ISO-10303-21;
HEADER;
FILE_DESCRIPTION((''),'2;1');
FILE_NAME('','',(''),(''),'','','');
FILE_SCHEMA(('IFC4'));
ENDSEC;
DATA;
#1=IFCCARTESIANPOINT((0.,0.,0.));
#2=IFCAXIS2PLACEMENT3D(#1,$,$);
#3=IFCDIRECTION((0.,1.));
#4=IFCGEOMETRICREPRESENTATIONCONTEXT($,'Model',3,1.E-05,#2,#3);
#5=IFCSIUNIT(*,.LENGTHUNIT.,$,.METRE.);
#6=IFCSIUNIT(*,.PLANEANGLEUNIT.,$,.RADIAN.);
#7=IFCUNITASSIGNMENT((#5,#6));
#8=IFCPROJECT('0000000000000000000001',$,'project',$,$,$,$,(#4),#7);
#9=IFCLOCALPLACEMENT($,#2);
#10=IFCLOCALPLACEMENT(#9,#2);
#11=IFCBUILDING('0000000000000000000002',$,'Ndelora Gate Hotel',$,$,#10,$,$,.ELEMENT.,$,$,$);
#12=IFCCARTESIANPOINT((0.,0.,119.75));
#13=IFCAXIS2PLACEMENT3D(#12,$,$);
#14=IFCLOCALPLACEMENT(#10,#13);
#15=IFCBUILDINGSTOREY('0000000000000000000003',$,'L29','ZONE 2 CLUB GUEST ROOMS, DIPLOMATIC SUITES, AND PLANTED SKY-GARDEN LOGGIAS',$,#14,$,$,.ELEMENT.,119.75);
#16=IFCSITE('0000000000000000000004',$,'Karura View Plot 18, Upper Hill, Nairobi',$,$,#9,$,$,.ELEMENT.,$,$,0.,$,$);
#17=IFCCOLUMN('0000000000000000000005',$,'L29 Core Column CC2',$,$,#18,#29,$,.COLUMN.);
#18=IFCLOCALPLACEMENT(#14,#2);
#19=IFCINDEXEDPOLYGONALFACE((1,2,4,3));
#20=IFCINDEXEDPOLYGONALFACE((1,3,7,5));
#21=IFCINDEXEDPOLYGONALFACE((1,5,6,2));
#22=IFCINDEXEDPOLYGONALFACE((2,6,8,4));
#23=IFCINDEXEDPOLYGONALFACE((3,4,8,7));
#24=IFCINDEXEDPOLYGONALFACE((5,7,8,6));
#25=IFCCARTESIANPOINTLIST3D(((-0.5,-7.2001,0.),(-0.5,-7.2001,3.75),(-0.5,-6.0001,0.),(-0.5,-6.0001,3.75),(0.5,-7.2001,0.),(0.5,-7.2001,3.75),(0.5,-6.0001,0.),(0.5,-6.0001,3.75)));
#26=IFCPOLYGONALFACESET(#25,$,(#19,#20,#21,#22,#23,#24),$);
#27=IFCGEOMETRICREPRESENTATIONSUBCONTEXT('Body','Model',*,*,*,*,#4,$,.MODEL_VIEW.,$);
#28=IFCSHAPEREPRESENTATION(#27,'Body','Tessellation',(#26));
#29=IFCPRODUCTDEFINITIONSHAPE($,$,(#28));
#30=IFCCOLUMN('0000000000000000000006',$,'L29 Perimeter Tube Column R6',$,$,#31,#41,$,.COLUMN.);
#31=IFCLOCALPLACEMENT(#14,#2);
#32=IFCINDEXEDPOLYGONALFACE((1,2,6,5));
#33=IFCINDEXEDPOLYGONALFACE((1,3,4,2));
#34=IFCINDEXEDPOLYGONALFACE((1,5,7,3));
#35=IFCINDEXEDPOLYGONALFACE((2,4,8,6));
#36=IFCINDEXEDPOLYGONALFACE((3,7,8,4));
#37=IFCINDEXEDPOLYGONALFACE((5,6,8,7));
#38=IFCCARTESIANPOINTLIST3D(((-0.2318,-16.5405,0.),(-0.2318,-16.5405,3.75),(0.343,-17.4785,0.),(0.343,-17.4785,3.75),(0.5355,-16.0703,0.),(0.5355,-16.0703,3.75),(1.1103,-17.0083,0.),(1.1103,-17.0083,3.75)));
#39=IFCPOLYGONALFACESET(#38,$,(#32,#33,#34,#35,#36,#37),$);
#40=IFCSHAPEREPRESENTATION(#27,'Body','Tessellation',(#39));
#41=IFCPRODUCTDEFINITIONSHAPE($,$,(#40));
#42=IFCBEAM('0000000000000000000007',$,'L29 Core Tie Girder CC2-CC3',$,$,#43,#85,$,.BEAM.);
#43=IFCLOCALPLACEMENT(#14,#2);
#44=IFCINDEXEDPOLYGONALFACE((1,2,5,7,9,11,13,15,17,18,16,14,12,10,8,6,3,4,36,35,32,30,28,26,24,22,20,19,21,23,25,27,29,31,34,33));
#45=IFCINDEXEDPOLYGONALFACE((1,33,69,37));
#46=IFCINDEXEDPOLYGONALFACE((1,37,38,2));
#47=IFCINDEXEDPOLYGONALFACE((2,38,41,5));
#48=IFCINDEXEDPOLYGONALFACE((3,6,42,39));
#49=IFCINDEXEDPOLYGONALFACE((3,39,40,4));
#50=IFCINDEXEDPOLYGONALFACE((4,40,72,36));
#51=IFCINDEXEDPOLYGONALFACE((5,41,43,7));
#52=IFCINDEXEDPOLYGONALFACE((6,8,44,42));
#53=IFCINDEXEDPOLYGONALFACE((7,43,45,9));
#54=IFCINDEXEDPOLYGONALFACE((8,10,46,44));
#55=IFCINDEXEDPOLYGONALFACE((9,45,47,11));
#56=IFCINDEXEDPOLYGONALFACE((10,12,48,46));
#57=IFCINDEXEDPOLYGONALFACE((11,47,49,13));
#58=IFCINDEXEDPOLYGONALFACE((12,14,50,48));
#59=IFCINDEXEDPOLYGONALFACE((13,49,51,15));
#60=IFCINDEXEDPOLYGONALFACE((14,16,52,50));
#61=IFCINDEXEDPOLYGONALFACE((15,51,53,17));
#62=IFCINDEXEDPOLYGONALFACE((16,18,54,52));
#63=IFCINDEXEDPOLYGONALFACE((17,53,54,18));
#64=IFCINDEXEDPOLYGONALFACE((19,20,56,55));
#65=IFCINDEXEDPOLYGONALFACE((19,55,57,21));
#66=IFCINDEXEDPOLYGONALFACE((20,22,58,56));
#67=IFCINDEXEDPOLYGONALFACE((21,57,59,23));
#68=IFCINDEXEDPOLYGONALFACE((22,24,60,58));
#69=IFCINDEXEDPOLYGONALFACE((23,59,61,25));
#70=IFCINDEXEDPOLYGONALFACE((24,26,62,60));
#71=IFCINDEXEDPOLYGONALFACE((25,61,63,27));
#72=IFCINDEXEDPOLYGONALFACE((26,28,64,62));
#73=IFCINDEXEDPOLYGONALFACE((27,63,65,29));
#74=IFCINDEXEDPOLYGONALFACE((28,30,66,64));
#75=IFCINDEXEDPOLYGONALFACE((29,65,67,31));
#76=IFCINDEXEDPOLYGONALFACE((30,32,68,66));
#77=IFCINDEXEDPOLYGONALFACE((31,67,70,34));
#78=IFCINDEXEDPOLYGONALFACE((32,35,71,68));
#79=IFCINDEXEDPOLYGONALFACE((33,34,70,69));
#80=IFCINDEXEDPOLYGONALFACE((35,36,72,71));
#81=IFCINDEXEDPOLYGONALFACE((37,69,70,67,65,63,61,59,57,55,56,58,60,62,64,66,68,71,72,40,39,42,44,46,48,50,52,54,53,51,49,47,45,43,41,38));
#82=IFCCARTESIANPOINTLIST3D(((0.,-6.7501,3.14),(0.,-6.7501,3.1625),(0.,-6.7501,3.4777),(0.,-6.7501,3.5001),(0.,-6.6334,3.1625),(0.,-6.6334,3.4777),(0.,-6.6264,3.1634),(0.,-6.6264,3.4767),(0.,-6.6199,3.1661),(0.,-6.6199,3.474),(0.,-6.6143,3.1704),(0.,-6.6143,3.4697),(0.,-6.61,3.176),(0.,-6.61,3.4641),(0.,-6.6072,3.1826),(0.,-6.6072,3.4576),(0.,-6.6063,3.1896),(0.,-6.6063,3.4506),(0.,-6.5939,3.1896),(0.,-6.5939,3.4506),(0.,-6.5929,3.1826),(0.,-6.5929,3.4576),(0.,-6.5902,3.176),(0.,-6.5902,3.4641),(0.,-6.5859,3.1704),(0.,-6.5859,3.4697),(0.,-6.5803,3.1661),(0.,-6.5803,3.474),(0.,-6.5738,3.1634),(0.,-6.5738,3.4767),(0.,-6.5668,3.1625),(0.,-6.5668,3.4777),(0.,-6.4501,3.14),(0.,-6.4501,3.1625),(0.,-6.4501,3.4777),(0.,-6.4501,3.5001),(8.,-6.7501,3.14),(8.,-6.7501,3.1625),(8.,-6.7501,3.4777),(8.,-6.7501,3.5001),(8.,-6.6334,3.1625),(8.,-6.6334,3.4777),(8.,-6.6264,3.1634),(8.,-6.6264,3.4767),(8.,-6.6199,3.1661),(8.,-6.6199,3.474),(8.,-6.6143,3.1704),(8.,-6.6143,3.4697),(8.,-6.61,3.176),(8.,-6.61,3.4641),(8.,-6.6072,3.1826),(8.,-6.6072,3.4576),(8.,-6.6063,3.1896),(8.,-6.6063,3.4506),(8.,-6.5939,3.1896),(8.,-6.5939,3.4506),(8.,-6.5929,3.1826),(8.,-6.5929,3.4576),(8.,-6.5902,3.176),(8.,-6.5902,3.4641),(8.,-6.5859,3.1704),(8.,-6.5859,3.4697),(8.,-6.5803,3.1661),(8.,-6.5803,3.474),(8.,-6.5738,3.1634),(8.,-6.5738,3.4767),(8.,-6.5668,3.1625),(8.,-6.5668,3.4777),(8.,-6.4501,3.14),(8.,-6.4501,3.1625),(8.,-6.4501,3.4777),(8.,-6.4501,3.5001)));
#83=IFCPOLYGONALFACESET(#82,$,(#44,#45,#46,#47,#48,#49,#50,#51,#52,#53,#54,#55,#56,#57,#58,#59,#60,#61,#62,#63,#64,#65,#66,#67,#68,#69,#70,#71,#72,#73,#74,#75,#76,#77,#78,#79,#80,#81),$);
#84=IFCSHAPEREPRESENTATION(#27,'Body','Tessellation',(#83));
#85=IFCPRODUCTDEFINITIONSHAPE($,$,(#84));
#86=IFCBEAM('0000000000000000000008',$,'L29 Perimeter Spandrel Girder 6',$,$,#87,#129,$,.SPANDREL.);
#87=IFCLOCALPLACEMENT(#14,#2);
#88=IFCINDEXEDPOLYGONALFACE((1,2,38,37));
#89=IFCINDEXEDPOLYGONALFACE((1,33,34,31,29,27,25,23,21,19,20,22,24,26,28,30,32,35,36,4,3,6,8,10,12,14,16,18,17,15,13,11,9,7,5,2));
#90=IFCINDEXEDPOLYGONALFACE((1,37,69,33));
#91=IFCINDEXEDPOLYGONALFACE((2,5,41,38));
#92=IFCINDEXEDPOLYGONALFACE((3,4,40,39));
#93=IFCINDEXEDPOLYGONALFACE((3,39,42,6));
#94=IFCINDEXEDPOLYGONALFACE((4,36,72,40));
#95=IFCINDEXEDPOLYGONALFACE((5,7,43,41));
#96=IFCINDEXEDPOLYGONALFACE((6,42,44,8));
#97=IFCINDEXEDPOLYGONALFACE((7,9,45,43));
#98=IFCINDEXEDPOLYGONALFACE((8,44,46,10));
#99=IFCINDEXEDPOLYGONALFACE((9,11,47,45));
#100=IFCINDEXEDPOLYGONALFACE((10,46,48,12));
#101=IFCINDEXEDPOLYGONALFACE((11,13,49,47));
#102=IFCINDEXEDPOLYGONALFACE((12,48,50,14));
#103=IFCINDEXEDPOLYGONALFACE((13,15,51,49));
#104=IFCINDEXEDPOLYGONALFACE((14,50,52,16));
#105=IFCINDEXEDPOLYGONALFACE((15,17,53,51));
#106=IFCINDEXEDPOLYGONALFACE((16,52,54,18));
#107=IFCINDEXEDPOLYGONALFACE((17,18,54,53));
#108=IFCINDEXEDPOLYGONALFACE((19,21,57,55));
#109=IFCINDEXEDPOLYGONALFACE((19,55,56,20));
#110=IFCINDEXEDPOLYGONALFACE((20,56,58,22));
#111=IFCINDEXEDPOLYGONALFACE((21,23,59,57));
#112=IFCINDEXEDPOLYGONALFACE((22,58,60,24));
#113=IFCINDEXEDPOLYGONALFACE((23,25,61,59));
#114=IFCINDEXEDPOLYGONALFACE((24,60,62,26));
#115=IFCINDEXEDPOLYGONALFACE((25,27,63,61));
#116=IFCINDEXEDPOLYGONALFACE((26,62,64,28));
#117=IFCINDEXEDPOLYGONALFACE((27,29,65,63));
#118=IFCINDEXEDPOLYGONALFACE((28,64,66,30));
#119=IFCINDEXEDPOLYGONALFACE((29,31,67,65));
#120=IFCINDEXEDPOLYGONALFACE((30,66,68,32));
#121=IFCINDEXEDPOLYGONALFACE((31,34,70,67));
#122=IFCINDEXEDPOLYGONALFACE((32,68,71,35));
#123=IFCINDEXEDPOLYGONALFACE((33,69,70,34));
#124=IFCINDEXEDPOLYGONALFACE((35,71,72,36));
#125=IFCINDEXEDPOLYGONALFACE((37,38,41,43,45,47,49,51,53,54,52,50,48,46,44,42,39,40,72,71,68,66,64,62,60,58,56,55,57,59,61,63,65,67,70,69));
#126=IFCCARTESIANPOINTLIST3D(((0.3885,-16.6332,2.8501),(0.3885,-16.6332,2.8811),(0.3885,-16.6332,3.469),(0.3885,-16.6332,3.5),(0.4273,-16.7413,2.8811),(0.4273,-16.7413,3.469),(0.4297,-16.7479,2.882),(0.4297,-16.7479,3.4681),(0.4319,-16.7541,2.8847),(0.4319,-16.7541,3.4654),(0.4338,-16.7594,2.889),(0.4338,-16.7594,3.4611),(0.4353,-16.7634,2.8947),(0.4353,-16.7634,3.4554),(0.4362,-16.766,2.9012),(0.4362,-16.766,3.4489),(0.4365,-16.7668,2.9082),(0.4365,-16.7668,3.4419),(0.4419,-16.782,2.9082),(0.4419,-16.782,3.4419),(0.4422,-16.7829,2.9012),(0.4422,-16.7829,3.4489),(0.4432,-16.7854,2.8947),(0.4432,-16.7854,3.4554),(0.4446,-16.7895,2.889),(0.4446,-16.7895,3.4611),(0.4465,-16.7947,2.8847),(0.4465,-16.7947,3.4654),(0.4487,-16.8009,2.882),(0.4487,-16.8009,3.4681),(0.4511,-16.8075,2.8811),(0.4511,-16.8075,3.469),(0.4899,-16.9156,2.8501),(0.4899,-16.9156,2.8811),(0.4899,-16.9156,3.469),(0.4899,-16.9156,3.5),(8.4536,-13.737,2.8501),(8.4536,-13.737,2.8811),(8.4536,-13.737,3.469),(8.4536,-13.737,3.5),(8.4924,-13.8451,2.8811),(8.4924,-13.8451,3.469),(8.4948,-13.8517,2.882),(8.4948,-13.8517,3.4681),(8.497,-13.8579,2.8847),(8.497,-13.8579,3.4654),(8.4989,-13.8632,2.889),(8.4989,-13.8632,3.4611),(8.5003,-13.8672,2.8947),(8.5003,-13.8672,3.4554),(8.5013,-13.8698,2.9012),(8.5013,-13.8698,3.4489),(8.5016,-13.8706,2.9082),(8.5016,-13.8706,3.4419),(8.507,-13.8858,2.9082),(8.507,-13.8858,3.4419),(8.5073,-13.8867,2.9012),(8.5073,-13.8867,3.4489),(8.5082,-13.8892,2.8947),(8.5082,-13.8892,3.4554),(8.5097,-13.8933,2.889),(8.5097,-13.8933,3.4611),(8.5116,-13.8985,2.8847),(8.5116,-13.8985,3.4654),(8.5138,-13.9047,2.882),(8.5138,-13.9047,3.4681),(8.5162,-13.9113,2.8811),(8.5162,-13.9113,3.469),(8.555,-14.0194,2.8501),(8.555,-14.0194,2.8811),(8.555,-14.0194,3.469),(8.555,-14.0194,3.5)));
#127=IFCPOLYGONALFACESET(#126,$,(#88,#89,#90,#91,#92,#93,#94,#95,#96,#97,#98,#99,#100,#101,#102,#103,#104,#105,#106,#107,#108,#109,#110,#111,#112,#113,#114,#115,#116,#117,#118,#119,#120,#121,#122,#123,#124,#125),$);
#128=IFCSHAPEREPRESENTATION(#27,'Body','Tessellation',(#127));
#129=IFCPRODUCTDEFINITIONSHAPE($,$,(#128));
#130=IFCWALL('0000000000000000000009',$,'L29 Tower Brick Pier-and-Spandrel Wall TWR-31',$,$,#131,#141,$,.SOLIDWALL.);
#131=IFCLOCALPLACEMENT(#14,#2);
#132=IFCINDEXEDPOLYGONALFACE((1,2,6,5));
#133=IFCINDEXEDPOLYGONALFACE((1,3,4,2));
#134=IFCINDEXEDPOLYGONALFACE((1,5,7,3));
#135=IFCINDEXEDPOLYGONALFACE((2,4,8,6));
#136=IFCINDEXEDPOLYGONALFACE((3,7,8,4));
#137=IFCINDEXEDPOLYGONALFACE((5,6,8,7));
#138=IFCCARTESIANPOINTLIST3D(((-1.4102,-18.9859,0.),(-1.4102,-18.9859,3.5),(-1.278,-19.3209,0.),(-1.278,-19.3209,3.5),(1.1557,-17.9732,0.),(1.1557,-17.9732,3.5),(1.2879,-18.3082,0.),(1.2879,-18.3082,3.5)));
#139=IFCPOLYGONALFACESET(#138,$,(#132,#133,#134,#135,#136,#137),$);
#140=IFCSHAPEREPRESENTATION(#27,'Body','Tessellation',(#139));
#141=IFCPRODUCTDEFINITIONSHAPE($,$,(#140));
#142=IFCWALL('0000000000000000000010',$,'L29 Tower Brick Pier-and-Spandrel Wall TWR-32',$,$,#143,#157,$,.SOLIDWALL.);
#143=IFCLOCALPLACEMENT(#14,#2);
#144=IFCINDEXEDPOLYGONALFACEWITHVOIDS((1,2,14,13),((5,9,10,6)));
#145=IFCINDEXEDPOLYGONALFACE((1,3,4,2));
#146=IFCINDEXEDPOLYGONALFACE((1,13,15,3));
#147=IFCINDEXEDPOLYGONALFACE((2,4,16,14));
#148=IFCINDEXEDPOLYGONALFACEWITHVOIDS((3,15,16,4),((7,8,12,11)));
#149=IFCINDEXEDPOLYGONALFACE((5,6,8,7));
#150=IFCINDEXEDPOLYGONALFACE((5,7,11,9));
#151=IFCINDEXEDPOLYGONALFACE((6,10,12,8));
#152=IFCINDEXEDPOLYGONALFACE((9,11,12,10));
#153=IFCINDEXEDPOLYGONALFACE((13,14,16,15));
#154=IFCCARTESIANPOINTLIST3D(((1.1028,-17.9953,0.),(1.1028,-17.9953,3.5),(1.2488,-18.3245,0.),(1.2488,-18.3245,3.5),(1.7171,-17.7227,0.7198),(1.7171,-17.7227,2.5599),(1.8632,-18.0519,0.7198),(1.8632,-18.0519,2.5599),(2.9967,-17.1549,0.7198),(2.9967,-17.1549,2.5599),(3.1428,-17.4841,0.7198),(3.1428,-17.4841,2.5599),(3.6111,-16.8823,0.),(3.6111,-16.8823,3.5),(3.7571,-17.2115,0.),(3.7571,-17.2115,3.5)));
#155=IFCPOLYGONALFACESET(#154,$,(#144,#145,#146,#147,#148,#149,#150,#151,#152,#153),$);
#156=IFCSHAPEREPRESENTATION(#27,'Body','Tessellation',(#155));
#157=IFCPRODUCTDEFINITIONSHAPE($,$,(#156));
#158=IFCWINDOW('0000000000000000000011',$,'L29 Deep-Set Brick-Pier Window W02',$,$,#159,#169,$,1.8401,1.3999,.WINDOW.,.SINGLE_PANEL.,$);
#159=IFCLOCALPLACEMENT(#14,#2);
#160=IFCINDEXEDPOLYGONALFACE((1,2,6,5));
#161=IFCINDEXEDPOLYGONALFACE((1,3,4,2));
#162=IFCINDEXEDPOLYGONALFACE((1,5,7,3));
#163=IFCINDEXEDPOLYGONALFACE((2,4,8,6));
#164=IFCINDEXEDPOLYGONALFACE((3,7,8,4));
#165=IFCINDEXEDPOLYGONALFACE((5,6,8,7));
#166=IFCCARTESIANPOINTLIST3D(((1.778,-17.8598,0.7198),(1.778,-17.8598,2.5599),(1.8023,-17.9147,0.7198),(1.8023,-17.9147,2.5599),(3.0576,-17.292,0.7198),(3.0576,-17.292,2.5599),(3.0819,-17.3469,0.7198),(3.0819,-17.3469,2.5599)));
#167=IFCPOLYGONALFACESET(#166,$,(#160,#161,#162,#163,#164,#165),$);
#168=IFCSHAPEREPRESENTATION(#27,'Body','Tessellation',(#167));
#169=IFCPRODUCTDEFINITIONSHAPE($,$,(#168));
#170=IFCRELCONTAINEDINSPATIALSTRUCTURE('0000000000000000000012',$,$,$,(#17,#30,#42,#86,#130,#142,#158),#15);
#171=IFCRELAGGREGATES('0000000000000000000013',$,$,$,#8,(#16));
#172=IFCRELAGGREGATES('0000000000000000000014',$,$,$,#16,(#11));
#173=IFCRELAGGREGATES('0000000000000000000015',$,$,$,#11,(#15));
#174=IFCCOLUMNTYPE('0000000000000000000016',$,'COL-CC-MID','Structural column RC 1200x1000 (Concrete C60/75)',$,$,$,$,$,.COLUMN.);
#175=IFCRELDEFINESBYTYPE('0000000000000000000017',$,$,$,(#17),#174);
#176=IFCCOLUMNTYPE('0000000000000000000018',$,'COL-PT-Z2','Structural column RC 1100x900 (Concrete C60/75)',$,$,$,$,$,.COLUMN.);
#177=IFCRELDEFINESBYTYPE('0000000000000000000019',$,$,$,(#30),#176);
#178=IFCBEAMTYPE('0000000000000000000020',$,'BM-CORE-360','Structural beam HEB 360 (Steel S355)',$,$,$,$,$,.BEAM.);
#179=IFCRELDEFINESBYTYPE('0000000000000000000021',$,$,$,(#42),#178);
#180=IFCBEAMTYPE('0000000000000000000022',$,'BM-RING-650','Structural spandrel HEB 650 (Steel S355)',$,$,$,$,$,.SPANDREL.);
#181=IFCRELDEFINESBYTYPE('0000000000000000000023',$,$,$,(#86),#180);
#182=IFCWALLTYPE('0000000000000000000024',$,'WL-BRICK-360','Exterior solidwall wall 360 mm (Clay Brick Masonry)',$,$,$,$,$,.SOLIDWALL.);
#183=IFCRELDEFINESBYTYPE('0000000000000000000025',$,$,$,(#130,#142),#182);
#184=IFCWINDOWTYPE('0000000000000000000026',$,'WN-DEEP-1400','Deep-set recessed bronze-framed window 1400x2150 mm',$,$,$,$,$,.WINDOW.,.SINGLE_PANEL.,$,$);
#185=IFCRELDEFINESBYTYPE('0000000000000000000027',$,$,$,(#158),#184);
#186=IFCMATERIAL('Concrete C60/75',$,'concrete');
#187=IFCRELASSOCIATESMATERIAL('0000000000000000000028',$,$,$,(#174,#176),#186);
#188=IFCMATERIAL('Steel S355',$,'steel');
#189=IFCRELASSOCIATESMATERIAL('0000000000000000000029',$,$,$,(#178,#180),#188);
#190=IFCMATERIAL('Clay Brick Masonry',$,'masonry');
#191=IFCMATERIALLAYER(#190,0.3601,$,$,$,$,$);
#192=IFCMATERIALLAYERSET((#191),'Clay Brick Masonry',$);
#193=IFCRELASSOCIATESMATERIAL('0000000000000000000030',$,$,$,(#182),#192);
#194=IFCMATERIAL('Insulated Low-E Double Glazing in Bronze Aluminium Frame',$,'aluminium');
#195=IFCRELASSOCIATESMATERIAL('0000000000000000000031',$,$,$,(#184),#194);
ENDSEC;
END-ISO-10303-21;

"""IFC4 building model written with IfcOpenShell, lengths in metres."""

from ifc_helpers import new_model, si_unit, direction, frame, frame_2d, origin, origin_2d, place, context, subcontext, project, spatial, rectangle, i_section, extrude, material, layer, layer_set, material_profile, profile_set, type_object, element, fill, save


model = new_model("IFC4")

# Units and contexts
model_context = context("Model", 3, precision=1e-05, world=origin(), true_north=direction((0.0, 1.0)))
body_context = subcontext(model_context, "Body", "Model", "MODEL_VIEW")
ifc_project = project(units=[si_unit("LENGTHUNIT", "METRE"), si_unit("PLANEANGLEUNIT", "RADIAN")], contexts=[model_context])

# Site, building, storey
site_placement = place(None, origin())
site = spatial("IfcSite", under=ifc_project, at=site_placement, Name="Karura View Plot 18, Upper Hill, Nairobi", CompositionType="ELEMENT", RefElevation=0.0)
building_placement = place(site_placement, origin())
building = spatial("IfcBuilding", under=site, at=building_placement, Name="Ndelora Gate Hotel", CompositionType="ELEMENT")
storey_placement = place(building_placement, frame((0.0, 0.0, 119.75)))
storey = spatial("IfcBuildingStorey", under=building, at=storey_placement, Name="L29", Description="ZONE 2 CLUB GUEST ROOMS, DIPLOMATIC SUITES, AND PLANTED SKY-GARDEN LOGGIAS", CompositionType="ELEMENT", Elevation=119.75)

# Columns
ifc_material_1 = material(Name="Concrete C60/75", Category="concrete")
ifc_material_profile_1 = material_profile(ifc_material_1, rectangle(XDim=1.0, YDim=1.2, at=origin_2d()), Name="RC 1200x1000")
ifc_profile_set_1 = profile_set([ifc_material_profile_1], Name="Concrete C60/75")
column_type_1 = type_object("IfcColumnType", Name="COL-CC-MID", Description="Structural column RC 1200x1000 (Concrete C60/75)", PredefinedType="COLUMN", material=ifc_profile_set_1)
column_1_placement = place(storey_placement, frame((0.0, -6.6001, 0.0), z_axis=(0.0, 0.0, 1.0), x_axis=(1.0, 0.0, 0.0)))
element("IfcColumn", 1, at=column_1_placement, inside=storey, type_object=column_type_1, Name="L29 Core Column CC2", PredefinedType="COLUMN", context=body_context, shape_type="SweptSolid", body=[
    extrude(rectangle(XDim=1.0, YDim=1.2, at=origin_2d()), origin(), (0.0, 0.0, 1.0), 3.75),
])
ifc_material_profile_2 = material_profile(ifc_material_1, rectangle(XDim=0.8999, YDim=1.1001, at=origin_2d()), Name="RC 1100x900")
ifc_profile_set_2 = profile_set([ifc_material_profile_2], Name="Concrete C60/75")
column_type_2 = type_object("IfcColumnType", Name="COL-PT-Z2", Description="Structural column RC 1100x900 (Concrete C60/75)", PredefinedType="COLUMN", material=ifc_profile_set_2)
column_2_placement = place(storey_placement, frame((0.4392, -16.7744, 0.0), z_axis=(0.0, 0.0, 1.0), x_axis=(0.85264, 0.522499, 0.0)))
element("IfcColumn", 2, at=column_2_placement, inside=storey, type_object=column_type_2, Name="L29 Perimeter Tube Column R6", PredefinedType="COLUMN", context=body_context, shape_type="SweptSolid", body=[
    extrude(rectangle(XDim=0.8999, YDim=1.1001, at=origin_2d()), origin(), (0.0, 0.0, 1.0), 3.75),
])

# Beams
ifc_material_2 = material(Name="Steel S355", Category="steel")
ifc_material_profile_3 = material_profile(ifc_material_2, i_section(OverallWidth=0.3, OverallDepth=0.3601, WebThickness=0.0125, FlangeThickness=0.0225, FilletRadius=0.0271, at=origin_2d()), Name="HEB 360")
ifc_profile_set_3 = profile_set([ifc_material_profile_3], Name="Steel S355")
beam_type_1 = type_object("IfcBeamType", Name="BM-CORE-360", Description="Structural beam HEB 360 (Steel S355)", PredefinedType="BEAM", material=ifc_profile_set_3)
beam_1_placement = place(storey_placement, frame((0.0, -6.6001, 3.3201), z_axis=(1.0, 0.0, 0.0), x_axis=(0.0, 1.0, 0.0)))
element("IfcBeam", 3, at=beam_1_placement, inside=storey, type_object=beam_type_1, Name="L29 Core Tie Girder CC2-CC3", PredefinedType="BEAM", context=body_context, shape_type="SweptSolid", body=[
    extrude(i_section(OverallWidth=0.3, OverallDepth=0.3601, WebThickness=0.0125, FlangeThickness=0.0225, FilletRadius=0.0271, at=origin_2d()), origin(), (0.0, 0.0, 1.0), 8.0),
])
ifc_material_profile_4 = material_profile(ifc_material_2, i_section(OverallWidth=0.3, OverallDepth=0.6499, WebThickness=0.0161, FlangeThickness=0.031, FilletRadius=0.0271, at=origin_2d()), Name="HEB 650")
ifc_profile_set_4 = profile_set([ifc_material_profile_4], Name="Steel S355")
beam_type_2 = type_object("IfcBeamType", Name="BM-RING-650", Description="Structural spandrel HEB 650 (Steel S355)", PredefinedType="SPANDREL", material=ifc_profile_set_4)
beam_2_placement = place(storey_placement, frame((0.4392, -16.7744, 3.175), z_axis=(0.941156, 0.337973, 0.0), x_axis=(-0.337973, 0.941156, 0.0)))
element("IfcBeam", 4, at=beam_2_placement, inside=storey, type_object=beam_type_2, Name="L29 Perimeter Spandrel Girder 6", PredefinedType="SPANDREL", context=body_context, shape_type="SweptSolid", body=[
    extrude(i_section(OverallWidth=0.3, OverallDepth=0.6499, WebThickness=0.0161, FlangeThickness=0.031, FilletRadius=0.0271, at=origin_2d()), origin(), (0.0, 0.0, 1.0), 8.5693),
])

# Wall
ifc_material_3 = material(Name="Clay Brick Masonry", Category="masonry")
ifc_layer_1 = layer(ifc_material_3, 0.3601)
ifc_layer_set_1 = layer_set([ifc_layer_1], Name="Clay Brick Masonry")
wall_type_1 = type_object("IfcWallType", Name="WL-BRICK-360", Description="Exterior solidwall wall 360 mm (Clay Brick Masonry)", PredefinedType="SOLIDWALL", material=ifc_layer_set_1)
wall_1_placement = place(storey_placement, frame((1.2219, -18.1406, 0.0), z_axis=(0.0, 0.0, 1.0), x_axis=(-0.930176, -0.367114, 0.0)))
element("IfcWall", 5, at=wall_1_placement, inside=storey, type_object=wall_type_1, Name="L29 Tower Brick Pier-and-Spandrel Wall TWR-31", PredefinedType="SOLIDWALL", context=body_context, shape_type="SweptSolid", body=[
    extrude(rectangle(XDim=2.7585, YDim=0.3601, at=frame_2d((1.3794, 0.0))), origin(), (0.0, 0.0, 1.0), 3.5),
])

# Wall, opening, window
wall_2_placement = place(storey_placement, frame((3.6841, -17.0469, 0.0), z_axis=(0.0, 0.0, 1.0), x_axis=(-0.91405, -0.405602, 0.0)))
wall_2 = element("IfcWall", 6, at=wall_2_placement, inside=storey, type_object=wall_type_1, Name="L29 Tower Brick Pier-and-Spandrel Wall TWR-32", PredefinedType="SOLIDWALL", context=body_context, shape_type="SweptSolid", body=[
    extrude(rectangle(XDim=2.7441, YDim=0.3601, at=frame_2d((1.3721, 0.0))), origin(), (0.0, 0.0, 1.0), 3.5),
])
opening_1_placement = place(wall_2_placement, frame((0.6721, 0.0, 0.72)))
opening_1 = element("IfcOpeningElement", 7, at=opening_1_placement, cuts=wall_2, PredefinedType="OPENING", context=body_context, shape_type="SweptSolid", body=[
    extrude(rectangle(XDim=1.3999, YDim=1.8401, at=frame_2d((0.7, 0.9199))), frame((0.0, 0.1899, 0.0), z_axis=(0.0, -1.0, 0.0), x_axis=(1.0, 0.0, 0.0)), (0.0, 0.0, 1.0), 0.3801),
])
ifc_material_4 = material(Name="Insulated Low-E Double Glazing in Bronze Aluminium Frame", Category="aluminium")
window_type = type_object("IfcWindowType", Name="WN-DEEP-1400", Description="Deep-set recessed bronze-framed window 1400x2150 mm", PartitioningType="SINGLE_PANEL", PredefinedType="WINDOW", material=ifc_material_4)
window_1_placement = place(opening_1_placement, origin())
window_1 = element("IfcWindow", 8, at=window_1_placement, inside=storey, type_object=window_type, Name="L29 Deep-Set Brick-Pier Window W02", OverallHeight=1.8401, OverallWidth=1.3999, PartitioningType="SINGLE_PANEL", PredefinedType="WINDOW", context=body_context, shape_type="SweptSolid", body=[
    extrude(rectangle(XDim=1.3999, YDim=1.8401, at=frame_2d((0.7, 0.9199))), frame((0.0, 0.03, 0.0), z_axis=(0.0, -1.0, 0.0), x_axis=(1.0, 0.0, 0.0)), (0.0, 0.0, 1.0), 0.0601),
])
fill(opening_1, window_1)

save(model, "model.ifc")
